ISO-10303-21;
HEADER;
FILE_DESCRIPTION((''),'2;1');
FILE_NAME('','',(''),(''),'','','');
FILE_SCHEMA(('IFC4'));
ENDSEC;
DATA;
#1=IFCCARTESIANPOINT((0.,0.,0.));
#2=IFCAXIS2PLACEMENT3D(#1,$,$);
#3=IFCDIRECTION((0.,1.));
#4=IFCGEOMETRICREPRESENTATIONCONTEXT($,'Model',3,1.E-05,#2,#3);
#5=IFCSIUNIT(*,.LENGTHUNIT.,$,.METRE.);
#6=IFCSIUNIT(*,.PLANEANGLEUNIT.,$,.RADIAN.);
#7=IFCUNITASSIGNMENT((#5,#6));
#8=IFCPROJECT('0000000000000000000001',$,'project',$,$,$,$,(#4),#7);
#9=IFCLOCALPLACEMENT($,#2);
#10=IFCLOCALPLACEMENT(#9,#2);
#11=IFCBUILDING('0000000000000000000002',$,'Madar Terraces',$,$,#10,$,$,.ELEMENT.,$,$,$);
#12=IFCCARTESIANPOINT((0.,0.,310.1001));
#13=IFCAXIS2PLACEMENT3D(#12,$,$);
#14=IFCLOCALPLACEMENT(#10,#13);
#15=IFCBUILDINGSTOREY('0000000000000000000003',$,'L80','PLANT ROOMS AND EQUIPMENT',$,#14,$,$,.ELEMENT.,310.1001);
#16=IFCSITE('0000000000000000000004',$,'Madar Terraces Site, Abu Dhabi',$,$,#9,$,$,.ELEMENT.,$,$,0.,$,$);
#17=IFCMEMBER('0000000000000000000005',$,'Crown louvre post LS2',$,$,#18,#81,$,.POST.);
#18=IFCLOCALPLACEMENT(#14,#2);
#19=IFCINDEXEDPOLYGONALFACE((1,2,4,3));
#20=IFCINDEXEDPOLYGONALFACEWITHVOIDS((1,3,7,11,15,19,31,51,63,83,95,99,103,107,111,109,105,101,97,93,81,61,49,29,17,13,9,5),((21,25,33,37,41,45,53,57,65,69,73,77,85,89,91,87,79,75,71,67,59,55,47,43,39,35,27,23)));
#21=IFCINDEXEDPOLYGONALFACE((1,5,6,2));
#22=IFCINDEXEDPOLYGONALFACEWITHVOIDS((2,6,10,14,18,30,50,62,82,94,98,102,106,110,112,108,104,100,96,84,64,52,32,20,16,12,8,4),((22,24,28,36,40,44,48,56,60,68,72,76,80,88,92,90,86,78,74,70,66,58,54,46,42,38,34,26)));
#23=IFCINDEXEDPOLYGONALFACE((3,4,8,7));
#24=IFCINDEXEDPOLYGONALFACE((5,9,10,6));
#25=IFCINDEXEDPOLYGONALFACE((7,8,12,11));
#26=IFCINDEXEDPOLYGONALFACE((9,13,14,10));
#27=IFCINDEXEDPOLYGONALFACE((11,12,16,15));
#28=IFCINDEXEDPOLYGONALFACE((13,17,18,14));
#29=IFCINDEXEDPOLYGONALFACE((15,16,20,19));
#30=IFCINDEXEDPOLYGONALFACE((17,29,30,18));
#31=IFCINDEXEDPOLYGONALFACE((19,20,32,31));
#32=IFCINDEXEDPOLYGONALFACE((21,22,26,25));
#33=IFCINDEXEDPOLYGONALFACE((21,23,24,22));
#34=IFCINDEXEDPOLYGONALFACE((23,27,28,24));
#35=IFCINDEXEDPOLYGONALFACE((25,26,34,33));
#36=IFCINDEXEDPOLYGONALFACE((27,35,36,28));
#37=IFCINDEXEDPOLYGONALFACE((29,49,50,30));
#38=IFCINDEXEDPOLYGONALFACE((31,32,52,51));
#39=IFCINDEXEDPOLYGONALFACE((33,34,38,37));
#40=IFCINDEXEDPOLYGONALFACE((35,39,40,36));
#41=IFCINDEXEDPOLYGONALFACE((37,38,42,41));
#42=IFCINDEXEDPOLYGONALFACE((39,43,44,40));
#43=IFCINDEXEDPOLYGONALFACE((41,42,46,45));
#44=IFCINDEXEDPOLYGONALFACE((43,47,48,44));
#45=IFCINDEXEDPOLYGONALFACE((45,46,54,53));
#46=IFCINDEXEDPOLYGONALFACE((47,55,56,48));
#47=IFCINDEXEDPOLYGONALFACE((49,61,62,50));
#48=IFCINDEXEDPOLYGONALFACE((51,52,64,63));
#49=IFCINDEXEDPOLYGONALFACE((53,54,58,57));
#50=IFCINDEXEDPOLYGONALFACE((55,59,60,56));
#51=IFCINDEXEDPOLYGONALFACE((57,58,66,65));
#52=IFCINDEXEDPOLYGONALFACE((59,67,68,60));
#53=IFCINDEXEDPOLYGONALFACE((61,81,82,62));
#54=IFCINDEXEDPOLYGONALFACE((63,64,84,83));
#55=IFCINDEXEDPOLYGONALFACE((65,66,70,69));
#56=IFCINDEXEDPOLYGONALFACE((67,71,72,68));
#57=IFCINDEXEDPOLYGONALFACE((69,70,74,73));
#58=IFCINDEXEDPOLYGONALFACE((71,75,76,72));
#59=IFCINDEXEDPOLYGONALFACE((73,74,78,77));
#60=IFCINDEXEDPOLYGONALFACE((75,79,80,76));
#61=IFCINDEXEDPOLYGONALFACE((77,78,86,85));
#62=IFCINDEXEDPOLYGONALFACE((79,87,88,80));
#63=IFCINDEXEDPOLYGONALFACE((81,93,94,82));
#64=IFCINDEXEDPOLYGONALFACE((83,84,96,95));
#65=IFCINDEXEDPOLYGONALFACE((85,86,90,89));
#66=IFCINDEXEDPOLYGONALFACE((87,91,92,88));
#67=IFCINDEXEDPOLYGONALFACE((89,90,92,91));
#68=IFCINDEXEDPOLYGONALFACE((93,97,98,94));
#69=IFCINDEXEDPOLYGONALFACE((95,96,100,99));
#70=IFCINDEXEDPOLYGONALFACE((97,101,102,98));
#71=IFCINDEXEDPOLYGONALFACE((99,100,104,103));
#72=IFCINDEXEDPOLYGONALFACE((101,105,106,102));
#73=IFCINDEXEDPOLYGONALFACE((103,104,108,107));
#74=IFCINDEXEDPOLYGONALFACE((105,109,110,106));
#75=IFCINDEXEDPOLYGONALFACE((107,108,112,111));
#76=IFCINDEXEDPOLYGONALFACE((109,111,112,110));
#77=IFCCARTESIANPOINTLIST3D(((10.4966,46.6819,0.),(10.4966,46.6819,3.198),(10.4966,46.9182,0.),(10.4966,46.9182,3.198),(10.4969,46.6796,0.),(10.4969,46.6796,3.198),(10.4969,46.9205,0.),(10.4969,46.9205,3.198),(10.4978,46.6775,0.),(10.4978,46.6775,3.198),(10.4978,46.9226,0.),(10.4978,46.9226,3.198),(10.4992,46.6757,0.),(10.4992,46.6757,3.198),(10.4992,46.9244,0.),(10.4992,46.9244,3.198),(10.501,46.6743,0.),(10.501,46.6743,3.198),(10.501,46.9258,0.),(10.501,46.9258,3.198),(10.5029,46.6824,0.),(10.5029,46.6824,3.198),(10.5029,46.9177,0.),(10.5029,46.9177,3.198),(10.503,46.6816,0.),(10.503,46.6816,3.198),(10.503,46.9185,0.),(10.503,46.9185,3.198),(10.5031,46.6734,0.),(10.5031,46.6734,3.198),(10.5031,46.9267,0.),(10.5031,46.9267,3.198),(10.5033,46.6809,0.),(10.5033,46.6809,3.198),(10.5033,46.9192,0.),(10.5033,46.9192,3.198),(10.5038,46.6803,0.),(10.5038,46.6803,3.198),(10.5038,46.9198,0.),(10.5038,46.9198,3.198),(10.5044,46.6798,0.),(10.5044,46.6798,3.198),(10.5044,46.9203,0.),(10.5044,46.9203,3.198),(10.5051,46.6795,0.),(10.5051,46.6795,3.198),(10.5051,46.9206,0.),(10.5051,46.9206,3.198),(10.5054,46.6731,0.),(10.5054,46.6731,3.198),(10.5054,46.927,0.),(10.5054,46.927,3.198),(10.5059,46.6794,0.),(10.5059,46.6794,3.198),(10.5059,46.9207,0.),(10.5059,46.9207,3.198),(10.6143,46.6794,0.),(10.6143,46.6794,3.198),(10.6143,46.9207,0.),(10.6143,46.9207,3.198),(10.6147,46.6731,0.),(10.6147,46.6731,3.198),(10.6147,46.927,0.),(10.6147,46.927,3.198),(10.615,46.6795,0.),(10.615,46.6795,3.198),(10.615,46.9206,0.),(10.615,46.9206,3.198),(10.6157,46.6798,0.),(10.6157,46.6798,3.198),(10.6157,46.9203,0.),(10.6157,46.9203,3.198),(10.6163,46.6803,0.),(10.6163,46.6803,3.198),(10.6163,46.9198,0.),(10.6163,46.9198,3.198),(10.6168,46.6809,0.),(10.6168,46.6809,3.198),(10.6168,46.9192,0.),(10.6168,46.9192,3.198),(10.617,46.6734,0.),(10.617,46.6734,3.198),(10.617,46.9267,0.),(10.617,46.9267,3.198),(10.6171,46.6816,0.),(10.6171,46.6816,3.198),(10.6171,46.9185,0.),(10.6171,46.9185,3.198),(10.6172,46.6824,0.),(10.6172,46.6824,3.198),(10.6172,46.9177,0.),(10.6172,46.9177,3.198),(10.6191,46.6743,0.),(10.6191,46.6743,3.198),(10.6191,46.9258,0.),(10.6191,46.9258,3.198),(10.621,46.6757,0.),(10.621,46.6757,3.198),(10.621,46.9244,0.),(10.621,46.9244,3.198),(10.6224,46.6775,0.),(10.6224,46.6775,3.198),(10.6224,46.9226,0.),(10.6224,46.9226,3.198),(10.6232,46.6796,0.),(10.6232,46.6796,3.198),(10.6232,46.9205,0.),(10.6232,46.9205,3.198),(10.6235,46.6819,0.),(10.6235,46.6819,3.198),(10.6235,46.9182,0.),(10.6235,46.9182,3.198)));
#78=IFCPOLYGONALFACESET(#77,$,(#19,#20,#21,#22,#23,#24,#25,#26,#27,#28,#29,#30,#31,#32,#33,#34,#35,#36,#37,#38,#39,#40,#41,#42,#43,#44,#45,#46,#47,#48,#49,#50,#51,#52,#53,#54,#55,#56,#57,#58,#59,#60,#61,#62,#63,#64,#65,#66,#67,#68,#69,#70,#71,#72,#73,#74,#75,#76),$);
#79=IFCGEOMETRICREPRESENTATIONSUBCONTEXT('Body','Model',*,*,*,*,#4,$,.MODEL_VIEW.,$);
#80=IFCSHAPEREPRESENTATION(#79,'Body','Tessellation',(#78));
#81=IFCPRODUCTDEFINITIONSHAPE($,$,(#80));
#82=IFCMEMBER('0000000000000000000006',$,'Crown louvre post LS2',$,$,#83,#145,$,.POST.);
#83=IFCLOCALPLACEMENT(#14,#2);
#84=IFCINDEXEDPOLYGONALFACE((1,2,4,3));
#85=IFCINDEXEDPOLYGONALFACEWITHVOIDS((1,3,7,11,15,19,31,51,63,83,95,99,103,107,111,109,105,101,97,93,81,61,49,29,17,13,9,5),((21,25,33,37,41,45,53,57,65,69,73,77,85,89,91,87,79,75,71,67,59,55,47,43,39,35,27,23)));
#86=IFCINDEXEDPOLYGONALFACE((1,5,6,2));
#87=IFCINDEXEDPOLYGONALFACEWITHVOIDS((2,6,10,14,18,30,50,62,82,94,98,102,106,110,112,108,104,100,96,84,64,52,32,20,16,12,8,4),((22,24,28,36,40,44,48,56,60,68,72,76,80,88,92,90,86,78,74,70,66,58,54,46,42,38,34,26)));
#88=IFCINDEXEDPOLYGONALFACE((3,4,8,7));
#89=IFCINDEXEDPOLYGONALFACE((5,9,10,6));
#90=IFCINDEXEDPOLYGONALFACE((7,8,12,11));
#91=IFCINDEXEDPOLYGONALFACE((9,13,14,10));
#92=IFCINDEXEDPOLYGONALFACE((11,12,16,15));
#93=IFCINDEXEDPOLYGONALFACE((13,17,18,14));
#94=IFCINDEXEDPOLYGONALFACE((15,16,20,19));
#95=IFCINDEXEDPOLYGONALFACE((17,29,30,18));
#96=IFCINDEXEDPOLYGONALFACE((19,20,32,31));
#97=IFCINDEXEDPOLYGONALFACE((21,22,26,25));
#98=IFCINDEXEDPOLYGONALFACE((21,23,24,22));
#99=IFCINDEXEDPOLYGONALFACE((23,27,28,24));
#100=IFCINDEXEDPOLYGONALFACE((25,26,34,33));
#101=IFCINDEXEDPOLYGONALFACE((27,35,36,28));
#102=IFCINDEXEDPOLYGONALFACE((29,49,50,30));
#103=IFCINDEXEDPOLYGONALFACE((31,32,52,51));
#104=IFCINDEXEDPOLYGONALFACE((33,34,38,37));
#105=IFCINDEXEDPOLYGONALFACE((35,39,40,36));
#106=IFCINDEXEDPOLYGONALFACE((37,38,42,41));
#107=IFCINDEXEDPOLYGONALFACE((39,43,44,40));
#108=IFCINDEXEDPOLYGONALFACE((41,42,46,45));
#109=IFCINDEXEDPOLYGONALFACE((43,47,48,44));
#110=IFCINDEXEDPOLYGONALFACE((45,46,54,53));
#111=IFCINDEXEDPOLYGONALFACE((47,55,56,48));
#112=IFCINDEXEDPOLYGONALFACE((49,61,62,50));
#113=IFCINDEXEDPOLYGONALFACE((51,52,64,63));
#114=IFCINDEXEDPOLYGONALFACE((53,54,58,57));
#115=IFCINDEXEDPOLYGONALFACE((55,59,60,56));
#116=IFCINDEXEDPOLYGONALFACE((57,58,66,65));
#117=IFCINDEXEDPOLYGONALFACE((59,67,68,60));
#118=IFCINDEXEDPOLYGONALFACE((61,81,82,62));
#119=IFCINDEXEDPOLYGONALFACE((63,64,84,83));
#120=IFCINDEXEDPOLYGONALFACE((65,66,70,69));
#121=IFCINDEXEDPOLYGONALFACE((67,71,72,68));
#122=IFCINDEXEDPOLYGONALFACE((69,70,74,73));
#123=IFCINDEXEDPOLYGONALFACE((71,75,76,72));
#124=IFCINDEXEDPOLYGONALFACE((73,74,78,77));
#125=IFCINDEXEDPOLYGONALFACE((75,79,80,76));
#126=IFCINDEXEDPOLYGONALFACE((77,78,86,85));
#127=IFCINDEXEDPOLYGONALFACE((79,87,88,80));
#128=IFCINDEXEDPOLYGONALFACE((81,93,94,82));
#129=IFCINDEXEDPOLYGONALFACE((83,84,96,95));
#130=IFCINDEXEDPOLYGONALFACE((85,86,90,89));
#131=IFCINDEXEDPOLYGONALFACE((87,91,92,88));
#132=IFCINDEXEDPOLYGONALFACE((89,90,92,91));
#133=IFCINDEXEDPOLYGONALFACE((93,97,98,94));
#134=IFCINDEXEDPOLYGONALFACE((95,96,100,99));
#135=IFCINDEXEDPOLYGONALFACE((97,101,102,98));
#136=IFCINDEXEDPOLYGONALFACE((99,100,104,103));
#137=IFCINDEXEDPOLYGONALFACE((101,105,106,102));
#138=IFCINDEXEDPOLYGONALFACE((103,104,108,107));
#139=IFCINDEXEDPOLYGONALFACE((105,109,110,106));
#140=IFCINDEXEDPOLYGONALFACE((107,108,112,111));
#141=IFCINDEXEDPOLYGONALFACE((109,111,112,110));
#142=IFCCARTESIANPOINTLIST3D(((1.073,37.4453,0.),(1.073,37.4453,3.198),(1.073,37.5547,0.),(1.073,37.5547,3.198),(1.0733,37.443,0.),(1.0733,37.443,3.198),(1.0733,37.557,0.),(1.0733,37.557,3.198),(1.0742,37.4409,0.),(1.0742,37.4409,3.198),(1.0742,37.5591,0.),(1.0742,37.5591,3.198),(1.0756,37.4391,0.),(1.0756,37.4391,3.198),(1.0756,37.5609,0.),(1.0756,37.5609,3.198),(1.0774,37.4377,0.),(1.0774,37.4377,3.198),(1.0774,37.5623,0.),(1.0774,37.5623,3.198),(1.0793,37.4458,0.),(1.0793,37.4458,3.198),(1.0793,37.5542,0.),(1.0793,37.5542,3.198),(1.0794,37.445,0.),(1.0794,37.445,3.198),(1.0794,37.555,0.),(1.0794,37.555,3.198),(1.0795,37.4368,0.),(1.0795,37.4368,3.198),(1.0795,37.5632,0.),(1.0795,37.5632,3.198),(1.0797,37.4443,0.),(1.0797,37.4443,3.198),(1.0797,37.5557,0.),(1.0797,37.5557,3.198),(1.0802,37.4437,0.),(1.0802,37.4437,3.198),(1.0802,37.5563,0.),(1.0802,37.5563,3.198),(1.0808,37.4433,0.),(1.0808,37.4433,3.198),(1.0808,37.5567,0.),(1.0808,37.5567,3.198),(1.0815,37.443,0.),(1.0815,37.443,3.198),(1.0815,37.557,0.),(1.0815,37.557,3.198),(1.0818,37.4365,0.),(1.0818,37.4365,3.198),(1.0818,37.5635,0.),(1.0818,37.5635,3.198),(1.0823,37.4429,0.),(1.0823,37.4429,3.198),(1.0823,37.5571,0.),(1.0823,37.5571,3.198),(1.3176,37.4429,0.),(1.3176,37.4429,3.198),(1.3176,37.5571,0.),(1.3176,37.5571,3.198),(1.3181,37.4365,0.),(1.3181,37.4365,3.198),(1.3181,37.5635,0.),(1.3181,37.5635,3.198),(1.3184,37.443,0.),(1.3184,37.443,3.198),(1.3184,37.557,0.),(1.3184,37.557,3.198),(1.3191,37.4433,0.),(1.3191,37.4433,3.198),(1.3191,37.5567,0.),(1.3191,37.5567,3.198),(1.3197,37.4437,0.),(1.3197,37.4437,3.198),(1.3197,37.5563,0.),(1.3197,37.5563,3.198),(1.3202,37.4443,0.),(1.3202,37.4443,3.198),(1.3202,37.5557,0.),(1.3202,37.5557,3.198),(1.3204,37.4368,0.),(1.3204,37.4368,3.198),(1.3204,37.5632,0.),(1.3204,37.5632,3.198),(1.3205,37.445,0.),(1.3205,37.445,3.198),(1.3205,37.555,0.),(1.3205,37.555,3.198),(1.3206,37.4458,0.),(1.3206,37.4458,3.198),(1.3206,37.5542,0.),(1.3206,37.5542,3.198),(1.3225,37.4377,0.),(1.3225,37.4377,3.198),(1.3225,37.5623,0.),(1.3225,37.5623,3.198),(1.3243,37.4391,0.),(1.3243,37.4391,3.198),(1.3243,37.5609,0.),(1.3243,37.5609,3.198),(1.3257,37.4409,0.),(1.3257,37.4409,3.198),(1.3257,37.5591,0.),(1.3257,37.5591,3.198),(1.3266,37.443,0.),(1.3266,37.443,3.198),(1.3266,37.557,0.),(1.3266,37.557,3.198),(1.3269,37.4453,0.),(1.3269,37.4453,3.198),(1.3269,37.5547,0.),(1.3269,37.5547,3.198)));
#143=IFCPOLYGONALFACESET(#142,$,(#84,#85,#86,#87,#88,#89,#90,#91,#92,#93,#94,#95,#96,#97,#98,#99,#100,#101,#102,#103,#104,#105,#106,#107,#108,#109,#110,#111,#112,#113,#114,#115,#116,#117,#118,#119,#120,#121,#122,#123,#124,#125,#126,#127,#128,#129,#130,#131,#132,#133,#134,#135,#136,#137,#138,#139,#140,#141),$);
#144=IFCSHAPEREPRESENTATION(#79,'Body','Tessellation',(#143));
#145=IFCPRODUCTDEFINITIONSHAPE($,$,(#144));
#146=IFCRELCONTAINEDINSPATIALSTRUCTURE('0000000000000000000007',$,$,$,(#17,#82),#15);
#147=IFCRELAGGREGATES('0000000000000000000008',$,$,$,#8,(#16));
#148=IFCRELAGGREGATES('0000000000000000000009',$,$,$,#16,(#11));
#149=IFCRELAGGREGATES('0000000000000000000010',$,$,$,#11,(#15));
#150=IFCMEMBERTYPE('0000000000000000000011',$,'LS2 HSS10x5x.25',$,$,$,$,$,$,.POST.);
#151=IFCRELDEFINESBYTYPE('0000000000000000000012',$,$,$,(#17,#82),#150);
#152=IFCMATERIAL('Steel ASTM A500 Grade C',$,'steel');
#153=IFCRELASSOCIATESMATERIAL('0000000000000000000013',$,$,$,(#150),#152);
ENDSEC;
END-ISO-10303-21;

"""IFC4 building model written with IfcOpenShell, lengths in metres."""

from ifc_helpers import new_model, si_unit, direction, frame, origin, origin_2d, place, context, subcontext, project, spatial, hollow_rectangle, extrude, material, material_profile, profile_set, type_object, element, save


model = new_model("IFC4")

# Units and contexts
model_context = context("Model", 3, precision=1e-05, world=origin(), true_north=direction((0.0, 1.0)))
body_context = subcontext(model_context, "Body", "Model", "MODEL_VIEW")
ifc_project = project(units=[si_unit("LENGTHUNIT", "METRE"), si_unit("PLANEANGLEUNIT", "RADIAN")], contexts=[model_context])

# Site, building, storey
site_placement = place(None, origin())
site = spatial("IfcSite", under=ifc_project, at=site_placement, Name="Madar Terraces Site, Abu Dhabi", CompositionType="ELEMENT", RefElevation=0.0)
building_placement = place(site_placement, origin())
building = spatial("IfcBuilding", under=site, at=building_placement, Name="Madar Terraces", CompositionType="ELEMENT")
storey_placement = place(building_placement, frame((0.0, 0.0, 310.1001)))
storey = spatial("IfcBuildingStorey", under=building, at=storey_placement, Name="L80", Description="PLANT ROOMS AND EQUIPMENT", CompositionType="ELEMENT", Elevation=310.1001)

# Members
ifc_material_1 = material(Name="Steel ASTM A500 Grade C", Category="steel")
ifc_material_profile_1 = material_profile(ifc_material_1, hollow_rectangle(XDim=0.127, YDim=0.2539, WallThickness=0.0063, InnerFilletRadius=0.0029, OuterFilletRadius=0.0088, at=origin_2d()), Name="HSS10x5x.25")
ifc_profile_set_1 = profile_set([ifc_material_profile_1], Name="Steel ASTM A500 Grade C")
member_type_1 = type_object("IfcMemberType", Name="LS2 HSS10x5x.25", PredefinedType="POST", material=ifc_profile_set_1)
for number, where, z_axis, x_axis, name in (
    (1, (10.5601, 46.8, 0.0), (0.0, 0.0, 1.0), (-1.0, 0.0, 0.0), "Crown louvre post LS2"),
    (2, (1.2, 37.5, 0.0), (0.0, 0.0, 1.0), (0.0, -1.0, 0.0), "Crown louvre post LS2"),
):
    element("IfcMember", number, at=place(storey_placement, frame(where, z_axis=z_axis, x_axis=x_axis)), inside=storey, type_object=member_type_1, Name=name, PredefinedType="POST", context=body_context, shape_type="SweptSolid", body=[
        extrude(hollow_rectangle(XDim=0.127, YDim=0.2539, WallThickness=0.0063, InnerFilletRadius=0.0029, OuterFilletRadius=0.0088, at=origin_2d()), origin(), (0.0, 0.0, 1.0), 3.198),
    ])

save(model, "model.ifc")
